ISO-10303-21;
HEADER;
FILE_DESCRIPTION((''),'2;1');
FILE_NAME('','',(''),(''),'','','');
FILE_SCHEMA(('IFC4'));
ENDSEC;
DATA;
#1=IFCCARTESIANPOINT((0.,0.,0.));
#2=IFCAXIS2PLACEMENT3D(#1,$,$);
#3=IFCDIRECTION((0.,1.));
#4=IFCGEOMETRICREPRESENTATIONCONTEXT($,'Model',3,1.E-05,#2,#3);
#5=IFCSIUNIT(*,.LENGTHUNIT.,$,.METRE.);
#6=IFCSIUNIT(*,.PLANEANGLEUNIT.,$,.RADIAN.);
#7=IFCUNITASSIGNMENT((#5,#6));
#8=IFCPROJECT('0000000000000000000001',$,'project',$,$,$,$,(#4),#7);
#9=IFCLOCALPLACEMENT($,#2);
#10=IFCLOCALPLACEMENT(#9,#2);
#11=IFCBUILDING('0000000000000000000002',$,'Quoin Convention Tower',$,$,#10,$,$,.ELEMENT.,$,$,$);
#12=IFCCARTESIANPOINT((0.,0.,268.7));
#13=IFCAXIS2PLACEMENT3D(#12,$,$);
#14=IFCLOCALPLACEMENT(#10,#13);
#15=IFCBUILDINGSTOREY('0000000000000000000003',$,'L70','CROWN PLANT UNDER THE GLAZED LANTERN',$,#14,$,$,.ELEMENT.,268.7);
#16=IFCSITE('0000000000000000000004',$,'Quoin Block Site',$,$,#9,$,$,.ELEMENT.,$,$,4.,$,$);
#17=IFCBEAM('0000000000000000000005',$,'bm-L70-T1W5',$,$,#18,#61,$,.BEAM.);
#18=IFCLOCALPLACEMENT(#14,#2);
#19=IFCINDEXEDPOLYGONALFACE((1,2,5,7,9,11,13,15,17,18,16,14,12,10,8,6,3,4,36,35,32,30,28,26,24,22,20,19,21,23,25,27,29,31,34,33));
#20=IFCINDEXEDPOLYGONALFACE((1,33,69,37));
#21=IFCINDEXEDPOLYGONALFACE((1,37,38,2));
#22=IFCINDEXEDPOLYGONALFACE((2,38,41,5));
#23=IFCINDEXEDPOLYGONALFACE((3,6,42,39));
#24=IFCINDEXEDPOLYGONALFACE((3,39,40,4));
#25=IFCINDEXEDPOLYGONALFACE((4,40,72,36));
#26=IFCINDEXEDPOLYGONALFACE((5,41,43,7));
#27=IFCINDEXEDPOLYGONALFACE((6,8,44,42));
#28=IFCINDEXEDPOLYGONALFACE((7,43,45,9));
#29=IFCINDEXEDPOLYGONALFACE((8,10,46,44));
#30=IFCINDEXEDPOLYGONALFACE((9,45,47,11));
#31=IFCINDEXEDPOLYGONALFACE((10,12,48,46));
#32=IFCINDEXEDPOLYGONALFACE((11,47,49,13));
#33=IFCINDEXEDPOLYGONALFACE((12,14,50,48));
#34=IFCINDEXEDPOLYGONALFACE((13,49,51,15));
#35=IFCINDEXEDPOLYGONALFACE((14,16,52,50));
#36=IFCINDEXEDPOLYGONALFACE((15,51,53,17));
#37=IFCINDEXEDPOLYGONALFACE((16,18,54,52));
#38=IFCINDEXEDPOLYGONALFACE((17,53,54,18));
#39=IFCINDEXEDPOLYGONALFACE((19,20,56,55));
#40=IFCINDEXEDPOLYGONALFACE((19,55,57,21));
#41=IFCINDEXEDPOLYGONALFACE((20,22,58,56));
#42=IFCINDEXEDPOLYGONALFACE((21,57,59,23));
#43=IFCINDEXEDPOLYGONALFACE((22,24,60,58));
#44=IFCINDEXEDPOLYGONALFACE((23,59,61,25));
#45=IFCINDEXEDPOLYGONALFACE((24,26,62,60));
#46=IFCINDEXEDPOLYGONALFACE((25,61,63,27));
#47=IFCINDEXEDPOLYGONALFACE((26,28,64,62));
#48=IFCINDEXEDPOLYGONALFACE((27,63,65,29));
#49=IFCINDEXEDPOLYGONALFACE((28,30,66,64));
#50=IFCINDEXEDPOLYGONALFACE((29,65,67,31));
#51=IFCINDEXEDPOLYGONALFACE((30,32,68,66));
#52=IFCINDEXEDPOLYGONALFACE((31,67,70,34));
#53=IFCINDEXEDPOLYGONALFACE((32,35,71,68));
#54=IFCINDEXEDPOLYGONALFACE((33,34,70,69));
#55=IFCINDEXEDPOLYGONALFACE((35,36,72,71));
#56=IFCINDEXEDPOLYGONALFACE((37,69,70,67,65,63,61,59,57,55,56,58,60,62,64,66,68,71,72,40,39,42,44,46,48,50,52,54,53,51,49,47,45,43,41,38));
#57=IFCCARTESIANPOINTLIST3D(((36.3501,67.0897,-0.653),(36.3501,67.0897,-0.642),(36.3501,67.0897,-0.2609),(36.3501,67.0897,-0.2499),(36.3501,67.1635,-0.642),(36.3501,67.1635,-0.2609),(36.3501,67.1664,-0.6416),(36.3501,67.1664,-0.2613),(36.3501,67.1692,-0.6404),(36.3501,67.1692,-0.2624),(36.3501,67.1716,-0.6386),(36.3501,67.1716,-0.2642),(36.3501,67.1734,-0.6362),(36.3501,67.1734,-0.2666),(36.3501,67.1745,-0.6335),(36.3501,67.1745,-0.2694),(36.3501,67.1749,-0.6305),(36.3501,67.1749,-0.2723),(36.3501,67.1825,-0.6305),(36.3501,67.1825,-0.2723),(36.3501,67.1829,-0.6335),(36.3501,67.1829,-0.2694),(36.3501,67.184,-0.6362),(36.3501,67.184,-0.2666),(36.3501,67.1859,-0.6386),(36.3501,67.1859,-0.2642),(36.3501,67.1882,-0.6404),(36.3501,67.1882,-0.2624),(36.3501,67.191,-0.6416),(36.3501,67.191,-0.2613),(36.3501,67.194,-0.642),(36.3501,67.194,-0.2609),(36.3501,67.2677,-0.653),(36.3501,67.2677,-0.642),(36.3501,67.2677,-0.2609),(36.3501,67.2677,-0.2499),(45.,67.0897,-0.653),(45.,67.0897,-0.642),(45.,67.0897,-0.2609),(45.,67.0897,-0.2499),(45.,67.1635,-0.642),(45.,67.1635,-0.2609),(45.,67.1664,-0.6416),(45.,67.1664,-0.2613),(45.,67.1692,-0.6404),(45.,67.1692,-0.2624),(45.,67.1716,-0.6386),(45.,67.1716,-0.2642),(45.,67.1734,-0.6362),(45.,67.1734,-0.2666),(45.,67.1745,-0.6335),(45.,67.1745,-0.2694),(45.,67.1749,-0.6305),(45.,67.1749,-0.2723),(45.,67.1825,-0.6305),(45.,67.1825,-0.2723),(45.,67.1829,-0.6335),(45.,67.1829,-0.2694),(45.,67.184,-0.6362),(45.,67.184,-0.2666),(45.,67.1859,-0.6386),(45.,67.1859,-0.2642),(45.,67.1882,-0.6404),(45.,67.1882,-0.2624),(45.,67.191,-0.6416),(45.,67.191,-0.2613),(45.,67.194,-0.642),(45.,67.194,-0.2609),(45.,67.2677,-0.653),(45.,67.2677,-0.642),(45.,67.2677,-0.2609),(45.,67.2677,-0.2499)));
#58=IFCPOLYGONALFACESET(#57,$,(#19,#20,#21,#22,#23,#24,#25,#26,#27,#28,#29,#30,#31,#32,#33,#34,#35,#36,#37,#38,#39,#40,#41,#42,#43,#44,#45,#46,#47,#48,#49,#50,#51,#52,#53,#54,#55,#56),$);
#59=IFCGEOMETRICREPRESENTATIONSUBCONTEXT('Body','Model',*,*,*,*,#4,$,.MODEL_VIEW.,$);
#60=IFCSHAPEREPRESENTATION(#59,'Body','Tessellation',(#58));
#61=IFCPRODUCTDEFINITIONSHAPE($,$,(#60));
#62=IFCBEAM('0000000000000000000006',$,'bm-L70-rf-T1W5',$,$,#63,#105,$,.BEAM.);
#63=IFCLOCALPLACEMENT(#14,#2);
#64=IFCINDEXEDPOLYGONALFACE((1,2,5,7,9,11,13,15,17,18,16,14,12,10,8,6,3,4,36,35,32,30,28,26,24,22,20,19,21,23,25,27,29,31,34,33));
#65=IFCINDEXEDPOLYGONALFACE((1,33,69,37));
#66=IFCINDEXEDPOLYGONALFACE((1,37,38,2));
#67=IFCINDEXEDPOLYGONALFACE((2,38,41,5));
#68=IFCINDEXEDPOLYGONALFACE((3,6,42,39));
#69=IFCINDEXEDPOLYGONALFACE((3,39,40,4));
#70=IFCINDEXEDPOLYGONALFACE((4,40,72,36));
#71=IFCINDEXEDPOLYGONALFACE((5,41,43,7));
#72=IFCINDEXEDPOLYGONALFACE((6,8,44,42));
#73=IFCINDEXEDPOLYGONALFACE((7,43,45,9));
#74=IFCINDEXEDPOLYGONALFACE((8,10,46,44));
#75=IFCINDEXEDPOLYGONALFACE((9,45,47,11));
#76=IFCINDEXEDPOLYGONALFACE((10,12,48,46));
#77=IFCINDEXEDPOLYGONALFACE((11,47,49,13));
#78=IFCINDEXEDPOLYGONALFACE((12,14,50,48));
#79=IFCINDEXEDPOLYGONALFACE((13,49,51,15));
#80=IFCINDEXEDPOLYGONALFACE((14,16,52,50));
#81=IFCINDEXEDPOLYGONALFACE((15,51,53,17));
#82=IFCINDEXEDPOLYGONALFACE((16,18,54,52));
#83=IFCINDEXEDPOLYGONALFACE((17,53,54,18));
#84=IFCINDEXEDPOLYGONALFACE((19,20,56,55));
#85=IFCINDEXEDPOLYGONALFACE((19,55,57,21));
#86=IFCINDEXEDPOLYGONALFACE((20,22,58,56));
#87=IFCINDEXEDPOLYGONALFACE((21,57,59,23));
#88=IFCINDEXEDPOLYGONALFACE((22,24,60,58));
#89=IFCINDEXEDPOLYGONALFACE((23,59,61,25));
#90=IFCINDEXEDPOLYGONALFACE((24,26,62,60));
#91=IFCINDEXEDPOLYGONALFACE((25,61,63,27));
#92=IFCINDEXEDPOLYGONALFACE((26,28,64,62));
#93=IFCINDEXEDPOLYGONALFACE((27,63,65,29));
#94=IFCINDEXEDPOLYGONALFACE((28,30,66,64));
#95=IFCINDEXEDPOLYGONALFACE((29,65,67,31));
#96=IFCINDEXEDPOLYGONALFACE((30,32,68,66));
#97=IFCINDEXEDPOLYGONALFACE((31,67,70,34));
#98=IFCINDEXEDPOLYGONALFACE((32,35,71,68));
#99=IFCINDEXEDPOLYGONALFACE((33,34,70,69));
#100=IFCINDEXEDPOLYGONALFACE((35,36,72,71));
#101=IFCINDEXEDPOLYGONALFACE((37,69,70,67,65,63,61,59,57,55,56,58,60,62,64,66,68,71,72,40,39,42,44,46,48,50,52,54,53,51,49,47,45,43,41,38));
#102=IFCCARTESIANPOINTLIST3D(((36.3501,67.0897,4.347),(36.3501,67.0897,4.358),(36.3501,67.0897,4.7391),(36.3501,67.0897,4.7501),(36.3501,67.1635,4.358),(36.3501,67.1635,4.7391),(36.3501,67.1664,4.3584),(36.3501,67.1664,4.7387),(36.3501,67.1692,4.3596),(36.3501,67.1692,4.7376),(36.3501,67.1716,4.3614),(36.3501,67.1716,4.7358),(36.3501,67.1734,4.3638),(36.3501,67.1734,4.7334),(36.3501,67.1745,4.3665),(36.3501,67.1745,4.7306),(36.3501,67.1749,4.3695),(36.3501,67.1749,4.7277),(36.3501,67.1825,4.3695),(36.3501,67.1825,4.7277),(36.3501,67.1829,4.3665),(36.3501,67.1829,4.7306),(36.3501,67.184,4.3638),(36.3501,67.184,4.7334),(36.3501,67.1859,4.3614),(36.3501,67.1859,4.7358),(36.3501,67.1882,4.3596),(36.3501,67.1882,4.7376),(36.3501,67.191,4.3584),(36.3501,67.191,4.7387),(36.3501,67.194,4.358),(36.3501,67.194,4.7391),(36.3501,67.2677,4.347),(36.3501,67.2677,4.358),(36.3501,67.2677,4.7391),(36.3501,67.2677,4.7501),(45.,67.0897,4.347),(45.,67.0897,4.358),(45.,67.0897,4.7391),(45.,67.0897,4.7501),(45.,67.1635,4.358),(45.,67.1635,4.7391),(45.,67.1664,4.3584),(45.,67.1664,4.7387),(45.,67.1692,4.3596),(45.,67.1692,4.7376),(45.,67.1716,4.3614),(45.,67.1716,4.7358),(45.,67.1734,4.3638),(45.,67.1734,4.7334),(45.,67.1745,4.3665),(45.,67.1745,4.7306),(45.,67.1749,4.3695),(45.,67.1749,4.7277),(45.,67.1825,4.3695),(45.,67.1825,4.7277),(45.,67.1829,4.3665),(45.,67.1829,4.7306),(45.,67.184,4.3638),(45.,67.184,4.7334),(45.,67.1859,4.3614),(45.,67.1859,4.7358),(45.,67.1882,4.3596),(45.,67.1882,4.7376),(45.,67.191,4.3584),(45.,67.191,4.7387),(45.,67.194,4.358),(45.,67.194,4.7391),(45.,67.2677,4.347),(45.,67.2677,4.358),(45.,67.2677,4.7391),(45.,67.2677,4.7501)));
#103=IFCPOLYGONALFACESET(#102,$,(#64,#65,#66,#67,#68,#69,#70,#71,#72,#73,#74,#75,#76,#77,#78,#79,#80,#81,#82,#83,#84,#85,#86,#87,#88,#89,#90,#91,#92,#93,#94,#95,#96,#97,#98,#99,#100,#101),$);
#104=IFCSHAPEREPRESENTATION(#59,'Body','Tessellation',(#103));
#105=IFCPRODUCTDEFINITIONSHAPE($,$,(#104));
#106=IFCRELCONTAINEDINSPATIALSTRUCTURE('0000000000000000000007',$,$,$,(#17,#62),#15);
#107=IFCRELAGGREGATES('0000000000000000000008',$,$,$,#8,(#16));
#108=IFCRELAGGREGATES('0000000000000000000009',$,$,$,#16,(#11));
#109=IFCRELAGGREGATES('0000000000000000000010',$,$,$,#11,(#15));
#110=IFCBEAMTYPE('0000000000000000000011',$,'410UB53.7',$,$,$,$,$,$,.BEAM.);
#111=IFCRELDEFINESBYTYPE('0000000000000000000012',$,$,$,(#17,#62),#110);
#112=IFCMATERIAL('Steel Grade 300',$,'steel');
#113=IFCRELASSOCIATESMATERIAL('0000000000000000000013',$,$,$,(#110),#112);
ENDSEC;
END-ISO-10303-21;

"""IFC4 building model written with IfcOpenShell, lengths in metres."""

from ifc_helpers import new_model, si_unit, direction, frame, origin, origin_2d, place, context, subcontext, project, spatial, i_section, extrude, material, material_profile, profile_set, type_object, element, save


model = new_model("IFC4")

# Units and contexts
model_context = context("Model", 3, precision=1e-05, world=origin(), true_north=direction((0.0, 1.0)))
body_context = subcontext(model_context, "Body", "Model", "MODEL_VIEW")
ifc_project = project(units=[si_unit("LENGTHUNIT", "METRE"), si_unit("PLANEANGLEUNIT", "RADIAN")], contexts=[model_context])

# Site, building, storey
site_placement = place(None, origin())
site = spatial("IfcSite", under=ifc_project, at=site_placement, Name="Quoin Block Site", CompositionType="ELEMENT", RefElevation=4.0)
building_placement = place(site_placement, origin())
building = spatial("IfcBuilding", under=site, at=building_placement, Name="Quoin Convention Tower", CompositionType="ELEMENT")
storey_placement = place(building_placement, frame((0.0, 0.0, 268.7)))
storey = spatial("IfcBuildingStorey", under=building, at=storey_placement, Name="L70", Description="CROWN PLANT UNDER THE GLAZED LANTERN", CompositionType="ELEMENT", Elevation=268.7)

# Beams
ifc_material_1 = material(Name="Steel Grade 300", Category="steel")
ifc_material_profile = material_profile(ifc_material_1, i_section(OverallWidth=0.178, OverallDepth=0.4031, WebThickness=0.0076, FlangeThickness=0.011, FilletRadius=0.0115, at=origin_2d()), Name="410UB53.7")
ifc_profile_set = profile_set([ifc_material_profile], Name="Steel Grade 300")
beam_type = type_object("IfcBeamType", Name="410UB53.7", PredefinedType="BEAM", material=ifc_profile_set)
for number, where, z_axis, x_axis, name in (
    (1, (36.3501, 67.1787, -0.4514), (1.0, 0.0, 0.0), (0.0, 1.0, 0.0), "bm-L70-T1W5"),
    (2, (36.3501, 67.1787, 4.5486), (1.0, 0.0, 0.0), (0.0, 1.0, 0.0), "bm-L70-rf-T1W5"),
):
    element("IfcBeam", number, at=place(storey_placement, frame(where, z_axis=z_axis, x_axis=x_axis)), inside=storey, type_object=beam_type, Name=name, PredefinedType="BEAM", context=body_context, shape_type="SweptSolid", body=[
        extrude(i_section(OverallWidth=0.178, OverallDepth=0.4031, WebThickness=0.0076, FlangeThickness=0.011, FilletRadius=0.0115, at=origin_2d()), origin(), (0.0, 0.0, 1.0), 8.6499),
    ])

save(model, "model.ifc")
